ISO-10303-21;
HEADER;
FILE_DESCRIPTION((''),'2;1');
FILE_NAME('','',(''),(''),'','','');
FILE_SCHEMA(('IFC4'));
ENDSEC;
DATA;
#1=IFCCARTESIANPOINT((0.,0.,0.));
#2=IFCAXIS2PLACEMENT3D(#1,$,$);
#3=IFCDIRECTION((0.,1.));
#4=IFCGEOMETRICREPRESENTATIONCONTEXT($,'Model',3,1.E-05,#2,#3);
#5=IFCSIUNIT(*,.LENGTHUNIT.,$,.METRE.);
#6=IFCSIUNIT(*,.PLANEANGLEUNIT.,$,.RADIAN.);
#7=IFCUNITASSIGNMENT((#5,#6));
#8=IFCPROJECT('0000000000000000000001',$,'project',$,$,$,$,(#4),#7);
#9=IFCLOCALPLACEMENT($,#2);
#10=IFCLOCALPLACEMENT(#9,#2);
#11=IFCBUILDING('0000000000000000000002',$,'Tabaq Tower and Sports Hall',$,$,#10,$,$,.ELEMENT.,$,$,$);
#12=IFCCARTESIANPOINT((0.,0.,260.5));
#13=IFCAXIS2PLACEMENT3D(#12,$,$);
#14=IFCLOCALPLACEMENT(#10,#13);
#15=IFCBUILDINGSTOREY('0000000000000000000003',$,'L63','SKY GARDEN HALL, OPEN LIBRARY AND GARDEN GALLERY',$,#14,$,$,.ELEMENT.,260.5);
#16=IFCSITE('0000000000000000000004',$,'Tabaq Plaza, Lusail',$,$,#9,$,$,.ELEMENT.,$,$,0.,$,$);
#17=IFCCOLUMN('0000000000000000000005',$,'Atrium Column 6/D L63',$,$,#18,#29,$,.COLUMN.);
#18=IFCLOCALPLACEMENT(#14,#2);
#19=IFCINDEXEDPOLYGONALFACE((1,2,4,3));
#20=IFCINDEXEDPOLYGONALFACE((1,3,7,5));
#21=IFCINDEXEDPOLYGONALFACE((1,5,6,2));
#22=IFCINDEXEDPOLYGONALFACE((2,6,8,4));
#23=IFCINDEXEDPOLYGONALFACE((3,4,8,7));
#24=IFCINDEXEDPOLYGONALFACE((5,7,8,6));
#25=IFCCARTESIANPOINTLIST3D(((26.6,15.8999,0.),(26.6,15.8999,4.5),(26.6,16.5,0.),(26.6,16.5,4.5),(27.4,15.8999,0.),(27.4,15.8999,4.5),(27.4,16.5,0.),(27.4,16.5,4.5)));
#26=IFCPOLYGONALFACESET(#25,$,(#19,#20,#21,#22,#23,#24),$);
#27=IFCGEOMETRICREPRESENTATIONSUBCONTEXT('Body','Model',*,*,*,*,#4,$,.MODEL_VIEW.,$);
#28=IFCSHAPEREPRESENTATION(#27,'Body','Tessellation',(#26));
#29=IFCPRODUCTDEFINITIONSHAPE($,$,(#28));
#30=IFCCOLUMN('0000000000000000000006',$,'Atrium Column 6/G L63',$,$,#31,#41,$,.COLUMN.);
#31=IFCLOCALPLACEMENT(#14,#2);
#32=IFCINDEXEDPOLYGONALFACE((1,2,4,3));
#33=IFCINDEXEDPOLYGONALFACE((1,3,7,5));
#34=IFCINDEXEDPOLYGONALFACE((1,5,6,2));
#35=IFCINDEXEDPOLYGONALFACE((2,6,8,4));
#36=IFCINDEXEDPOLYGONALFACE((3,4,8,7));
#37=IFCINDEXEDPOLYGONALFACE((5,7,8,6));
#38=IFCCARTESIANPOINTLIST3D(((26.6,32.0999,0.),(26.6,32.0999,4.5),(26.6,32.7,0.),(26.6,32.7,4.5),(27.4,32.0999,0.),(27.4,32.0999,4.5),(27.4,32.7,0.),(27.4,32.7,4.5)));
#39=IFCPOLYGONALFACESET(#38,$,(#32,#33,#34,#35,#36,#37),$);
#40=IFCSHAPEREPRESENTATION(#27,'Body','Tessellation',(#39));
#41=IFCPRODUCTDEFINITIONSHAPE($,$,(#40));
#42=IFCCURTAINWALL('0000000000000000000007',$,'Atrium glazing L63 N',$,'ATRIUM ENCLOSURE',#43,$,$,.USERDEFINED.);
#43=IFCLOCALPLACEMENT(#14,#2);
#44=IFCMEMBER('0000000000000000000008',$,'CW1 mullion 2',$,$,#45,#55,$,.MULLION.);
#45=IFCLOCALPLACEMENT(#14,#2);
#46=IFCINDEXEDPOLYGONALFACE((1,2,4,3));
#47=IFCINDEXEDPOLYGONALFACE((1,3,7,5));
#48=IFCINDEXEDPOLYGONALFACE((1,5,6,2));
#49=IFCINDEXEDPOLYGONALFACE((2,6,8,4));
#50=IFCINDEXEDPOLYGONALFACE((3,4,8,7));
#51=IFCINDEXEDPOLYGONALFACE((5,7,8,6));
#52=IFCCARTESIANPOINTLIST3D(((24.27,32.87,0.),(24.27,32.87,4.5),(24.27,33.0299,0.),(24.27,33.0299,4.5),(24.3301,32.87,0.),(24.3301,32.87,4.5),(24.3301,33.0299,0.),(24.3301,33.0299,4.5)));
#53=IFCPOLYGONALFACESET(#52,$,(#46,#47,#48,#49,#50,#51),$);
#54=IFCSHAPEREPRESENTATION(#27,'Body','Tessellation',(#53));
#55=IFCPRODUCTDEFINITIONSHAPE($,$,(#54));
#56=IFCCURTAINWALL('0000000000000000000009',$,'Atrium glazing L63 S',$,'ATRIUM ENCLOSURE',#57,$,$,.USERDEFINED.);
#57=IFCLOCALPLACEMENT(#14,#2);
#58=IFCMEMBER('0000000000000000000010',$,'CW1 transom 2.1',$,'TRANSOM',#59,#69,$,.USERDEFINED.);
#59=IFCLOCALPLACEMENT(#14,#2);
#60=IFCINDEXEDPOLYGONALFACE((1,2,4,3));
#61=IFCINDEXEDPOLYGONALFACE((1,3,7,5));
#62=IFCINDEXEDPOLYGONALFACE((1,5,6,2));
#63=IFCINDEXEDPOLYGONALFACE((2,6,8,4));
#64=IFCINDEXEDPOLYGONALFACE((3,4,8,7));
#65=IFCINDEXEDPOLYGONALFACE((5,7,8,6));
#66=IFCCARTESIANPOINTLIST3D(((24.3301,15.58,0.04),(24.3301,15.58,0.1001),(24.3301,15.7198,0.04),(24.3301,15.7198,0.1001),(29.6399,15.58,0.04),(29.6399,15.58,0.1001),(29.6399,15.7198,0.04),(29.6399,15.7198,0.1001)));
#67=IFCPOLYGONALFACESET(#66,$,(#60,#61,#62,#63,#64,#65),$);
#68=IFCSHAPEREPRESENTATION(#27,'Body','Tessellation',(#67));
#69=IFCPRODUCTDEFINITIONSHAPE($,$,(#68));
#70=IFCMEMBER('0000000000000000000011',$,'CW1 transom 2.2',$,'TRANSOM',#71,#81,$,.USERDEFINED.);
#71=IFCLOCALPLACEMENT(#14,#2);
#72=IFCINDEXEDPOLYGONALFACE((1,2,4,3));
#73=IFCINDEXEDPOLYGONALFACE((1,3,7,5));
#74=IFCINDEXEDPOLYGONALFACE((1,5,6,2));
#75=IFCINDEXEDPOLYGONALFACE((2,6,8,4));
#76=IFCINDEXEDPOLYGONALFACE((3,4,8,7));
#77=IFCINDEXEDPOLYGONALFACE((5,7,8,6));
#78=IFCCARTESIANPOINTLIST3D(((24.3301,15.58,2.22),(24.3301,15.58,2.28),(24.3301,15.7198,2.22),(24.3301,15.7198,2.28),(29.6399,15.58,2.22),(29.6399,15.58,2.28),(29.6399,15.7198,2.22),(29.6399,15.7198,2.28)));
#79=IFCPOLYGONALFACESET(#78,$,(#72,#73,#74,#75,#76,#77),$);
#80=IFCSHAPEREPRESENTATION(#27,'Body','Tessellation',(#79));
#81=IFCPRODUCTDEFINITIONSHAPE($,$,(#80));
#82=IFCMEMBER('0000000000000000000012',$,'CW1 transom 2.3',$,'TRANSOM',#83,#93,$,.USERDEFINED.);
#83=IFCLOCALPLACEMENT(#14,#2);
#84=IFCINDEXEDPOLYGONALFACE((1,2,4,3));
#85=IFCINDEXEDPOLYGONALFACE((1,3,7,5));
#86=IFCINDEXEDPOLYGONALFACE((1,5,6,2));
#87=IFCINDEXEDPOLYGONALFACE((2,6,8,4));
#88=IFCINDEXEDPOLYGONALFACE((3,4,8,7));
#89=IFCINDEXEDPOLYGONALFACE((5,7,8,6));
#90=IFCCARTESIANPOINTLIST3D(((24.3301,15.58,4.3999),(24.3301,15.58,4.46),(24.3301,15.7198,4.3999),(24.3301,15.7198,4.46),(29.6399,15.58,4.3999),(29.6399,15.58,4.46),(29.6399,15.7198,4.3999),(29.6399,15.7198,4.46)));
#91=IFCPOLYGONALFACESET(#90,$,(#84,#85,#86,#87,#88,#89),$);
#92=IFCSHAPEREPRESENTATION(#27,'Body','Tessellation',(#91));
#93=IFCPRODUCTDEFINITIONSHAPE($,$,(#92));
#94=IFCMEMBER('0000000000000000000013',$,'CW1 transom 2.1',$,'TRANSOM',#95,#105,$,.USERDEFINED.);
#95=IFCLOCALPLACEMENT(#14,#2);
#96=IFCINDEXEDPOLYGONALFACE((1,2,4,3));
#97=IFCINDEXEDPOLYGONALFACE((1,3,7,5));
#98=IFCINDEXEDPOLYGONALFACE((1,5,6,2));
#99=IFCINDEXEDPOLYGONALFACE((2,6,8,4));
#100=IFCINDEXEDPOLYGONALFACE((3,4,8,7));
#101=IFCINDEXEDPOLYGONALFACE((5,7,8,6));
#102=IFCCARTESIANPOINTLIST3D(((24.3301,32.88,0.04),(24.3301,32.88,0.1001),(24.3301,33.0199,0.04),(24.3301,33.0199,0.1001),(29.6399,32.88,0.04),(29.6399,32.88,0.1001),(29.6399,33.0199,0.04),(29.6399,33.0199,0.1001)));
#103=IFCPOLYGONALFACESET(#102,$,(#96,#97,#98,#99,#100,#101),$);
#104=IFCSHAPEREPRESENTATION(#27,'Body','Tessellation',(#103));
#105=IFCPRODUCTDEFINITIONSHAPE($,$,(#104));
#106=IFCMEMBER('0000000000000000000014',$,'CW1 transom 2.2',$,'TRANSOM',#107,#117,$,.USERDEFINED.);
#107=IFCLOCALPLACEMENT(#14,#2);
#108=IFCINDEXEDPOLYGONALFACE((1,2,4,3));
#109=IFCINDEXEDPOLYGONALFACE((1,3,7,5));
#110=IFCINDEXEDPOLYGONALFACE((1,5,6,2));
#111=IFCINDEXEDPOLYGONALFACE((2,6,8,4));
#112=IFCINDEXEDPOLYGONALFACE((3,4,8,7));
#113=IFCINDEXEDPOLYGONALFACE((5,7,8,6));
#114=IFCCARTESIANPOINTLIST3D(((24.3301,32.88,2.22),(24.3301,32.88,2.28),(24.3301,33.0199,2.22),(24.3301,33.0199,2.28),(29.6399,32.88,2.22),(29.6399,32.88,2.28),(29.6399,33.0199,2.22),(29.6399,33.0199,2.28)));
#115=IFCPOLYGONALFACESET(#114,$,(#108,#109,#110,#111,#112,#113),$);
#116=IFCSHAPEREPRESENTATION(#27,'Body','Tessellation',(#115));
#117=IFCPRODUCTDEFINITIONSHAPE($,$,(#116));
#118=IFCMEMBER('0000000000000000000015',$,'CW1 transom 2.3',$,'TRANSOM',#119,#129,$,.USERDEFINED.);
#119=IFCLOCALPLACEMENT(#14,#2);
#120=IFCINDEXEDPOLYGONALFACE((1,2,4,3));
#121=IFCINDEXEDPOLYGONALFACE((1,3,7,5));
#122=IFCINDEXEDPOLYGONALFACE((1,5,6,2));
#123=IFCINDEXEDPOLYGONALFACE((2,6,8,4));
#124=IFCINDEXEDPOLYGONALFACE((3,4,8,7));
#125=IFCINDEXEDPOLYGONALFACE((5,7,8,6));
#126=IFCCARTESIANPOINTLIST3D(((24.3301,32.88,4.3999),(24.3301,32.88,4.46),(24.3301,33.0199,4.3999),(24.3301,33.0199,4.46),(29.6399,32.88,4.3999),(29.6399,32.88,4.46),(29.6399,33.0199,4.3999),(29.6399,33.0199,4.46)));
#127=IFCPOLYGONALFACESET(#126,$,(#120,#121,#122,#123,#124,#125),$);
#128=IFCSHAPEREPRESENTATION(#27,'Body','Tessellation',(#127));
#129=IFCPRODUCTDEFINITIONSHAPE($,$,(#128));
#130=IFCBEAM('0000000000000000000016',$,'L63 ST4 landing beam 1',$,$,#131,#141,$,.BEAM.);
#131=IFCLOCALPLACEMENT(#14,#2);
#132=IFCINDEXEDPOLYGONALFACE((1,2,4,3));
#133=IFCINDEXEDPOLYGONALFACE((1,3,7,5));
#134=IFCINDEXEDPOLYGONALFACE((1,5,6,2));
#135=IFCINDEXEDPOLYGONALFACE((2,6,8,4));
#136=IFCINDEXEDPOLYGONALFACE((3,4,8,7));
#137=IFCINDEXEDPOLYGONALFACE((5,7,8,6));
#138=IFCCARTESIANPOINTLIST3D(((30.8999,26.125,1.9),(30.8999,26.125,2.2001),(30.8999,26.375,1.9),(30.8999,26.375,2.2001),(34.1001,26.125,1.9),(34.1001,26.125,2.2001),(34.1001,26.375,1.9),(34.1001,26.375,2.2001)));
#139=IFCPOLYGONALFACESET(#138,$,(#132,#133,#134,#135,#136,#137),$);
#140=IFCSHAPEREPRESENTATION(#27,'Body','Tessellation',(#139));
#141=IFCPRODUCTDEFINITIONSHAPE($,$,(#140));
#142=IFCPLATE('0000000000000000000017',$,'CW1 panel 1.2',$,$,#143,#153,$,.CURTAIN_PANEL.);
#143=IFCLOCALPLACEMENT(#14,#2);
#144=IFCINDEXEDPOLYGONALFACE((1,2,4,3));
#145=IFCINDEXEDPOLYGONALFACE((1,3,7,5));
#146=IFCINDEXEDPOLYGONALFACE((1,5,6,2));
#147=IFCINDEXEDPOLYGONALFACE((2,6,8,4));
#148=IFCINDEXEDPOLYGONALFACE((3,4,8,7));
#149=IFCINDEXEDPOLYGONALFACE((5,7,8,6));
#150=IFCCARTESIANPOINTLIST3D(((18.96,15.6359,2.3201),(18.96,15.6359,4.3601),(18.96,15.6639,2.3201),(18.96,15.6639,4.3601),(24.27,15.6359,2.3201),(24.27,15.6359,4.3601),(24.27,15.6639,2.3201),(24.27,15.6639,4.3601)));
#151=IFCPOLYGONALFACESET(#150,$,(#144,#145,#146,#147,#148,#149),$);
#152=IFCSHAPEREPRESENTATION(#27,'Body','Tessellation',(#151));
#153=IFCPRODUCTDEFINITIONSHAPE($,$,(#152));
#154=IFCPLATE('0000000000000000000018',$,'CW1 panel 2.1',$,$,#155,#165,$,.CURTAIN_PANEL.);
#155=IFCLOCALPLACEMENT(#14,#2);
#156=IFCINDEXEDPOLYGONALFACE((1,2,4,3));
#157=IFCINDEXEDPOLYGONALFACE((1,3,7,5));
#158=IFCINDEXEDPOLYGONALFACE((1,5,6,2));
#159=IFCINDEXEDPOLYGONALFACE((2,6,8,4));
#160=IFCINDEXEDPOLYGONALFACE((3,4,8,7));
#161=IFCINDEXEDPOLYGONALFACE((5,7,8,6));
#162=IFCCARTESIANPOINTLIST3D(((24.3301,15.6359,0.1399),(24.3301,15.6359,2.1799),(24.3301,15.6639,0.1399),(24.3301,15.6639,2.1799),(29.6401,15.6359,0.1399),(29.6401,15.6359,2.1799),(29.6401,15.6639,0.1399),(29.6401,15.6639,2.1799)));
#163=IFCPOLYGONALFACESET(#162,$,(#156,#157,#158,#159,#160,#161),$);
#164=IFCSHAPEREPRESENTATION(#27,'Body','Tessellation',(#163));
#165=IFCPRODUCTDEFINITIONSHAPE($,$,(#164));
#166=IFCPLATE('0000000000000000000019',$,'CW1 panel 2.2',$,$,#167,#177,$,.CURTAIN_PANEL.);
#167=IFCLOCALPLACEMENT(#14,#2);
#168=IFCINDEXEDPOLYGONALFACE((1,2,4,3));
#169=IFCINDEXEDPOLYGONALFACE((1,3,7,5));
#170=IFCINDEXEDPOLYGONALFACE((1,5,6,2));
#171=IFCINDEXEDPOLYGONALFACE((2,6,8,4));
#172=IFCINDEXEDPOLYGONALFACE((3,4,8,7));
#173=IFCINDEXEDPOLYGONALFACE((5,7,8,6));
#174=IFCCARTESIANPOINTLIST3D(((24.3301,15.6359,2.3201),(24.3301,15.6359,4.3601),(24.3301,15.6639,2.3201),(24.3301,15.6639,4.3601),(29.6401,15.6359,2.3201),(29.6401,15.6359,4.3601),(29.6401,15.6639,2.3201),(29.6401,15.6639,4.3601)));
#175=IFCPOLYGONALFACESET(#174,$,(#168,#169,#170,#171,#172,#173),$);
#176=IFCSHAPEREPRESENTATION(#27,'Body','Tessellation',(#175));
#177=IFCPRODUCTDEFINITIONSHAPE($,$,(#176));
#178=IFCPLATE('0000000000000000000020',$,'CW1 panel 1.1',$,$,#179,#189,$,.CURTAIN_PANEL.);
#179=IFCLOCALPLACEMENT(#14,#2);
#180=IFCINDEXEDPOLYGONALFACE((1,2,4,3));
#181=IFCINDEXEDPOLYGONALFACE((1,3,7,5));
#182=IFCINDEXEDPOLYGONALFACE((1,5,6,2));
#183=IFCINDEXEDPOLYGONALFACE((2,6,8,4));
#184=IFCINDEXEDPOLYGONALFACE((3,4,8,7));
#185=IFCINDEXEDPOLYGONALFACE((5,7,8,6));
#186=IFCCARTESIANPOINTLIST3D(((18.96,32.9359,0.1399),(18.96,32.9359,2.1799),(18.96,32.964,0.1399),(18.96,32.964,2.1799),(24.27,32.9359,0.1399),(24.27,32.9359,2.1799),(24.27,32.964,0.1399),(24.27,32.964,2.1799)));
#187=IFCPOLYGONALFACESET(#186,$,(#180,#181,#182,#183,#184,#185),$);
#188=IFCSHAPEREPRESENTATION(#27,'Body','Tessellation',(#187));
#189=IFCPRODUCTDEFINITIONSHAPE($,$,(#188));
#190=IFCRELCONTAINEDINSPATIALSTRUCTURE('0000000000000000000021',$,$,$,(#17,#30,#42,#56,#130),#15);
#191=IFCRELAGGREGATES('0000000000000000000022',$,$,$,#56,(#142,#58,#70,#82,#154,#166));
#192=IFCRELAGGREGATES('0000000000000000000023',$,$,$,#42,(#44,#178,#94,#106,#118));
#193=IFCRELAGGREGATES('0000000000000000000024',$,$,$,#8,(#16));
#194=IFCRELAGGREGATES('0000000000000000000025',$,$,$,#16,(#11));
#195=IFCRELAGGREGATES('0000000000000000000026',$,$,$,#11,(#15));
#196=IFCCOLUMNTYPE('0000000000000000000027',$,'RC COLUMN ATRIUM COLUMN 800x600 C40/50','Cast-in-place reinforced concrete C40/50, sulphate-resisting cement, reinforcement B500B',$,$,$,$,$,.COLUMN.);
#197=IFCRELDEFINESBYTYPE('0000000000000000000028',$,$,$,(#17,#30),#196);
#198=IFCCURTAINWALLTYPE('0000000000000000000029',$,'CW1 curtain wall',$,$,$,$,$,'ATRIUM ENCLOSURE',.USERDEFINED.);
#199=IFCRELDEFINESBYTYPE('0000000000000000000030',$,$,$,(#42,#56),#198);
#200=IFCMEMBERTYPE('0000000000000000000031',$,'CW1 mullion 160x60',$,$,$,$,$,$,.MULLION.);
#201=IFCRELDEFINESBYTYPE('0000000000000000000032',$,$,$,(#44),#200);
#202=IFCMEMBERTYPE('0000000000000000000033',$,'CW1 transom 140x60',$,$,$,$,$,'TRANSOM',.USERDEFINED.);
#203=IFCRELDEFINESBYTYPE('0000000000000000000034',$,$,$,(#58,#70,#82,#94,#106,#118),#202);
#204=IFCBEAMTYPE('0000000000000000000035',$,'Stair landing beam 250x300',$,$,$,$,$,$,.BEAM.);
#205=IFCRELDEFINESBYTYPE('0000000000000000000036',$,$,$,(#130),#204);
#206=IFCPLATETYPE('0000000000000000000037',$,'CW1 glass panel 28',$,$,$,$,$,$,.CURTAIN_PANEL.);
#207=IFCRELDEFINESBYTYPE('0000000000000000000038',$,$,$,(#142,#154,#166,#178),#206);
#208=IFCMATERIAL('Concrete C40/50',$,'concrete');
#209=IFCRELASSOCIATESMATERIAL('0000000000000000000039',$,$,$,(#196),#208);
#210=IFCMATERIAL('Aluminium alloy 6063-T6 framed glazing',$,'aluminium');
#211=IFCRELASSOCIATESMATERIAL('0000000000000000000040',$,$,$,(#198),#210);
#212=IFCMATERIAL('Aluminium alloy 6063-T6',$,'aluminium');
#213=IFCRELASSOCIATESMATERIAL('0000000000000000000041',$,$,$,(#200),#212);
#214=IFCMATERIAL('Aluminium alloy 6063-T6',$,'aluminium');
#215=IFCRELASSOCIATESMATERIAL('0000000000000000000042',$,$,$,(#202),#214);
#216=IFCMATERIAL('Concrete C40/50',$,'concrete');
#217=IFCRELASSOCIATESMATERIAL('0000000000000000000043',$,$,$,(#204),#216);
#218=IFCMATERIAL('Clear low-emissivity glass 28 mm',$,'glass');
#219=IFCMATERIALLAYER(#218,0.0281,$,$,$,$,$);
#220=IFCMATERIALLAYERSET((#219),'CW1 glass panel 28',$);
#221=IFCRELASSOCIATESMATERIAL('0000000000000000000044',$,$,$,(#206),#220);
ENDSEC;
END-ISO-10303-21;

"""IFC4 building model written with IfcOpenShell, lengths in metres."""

from ifc_helpers import new_model, si_unit, direction, frame, origin, origin_2d, place, context, subcontext, project, spatial, rectangle, extrude, material, layer, layer_set, material_profile, profile_set, type_object, element, aggregate, save


model = new_model("IFC4")

# Units and contexts
model_context = context("Model", 3, precision=1e-05, world=origin(), true_north=direction((0.0, 1.0)))
body_context = subcontext(model_context, "Body", "Model", "MODEL_VIEW")
ifc_project = project(units=[si_unit("LENGTHUNIT", "METRE"), si_unit("PLANEANGLEUNIT", "RADIAN")], contexts=[model_context])

# Site, building, storey
site_placement = place(None, origin())
site = spatial("IfcSite", under=ifc_project, at=site_placement, Name="Tabaq Plaza, Lusail", CompositionType="ELEMENT", RefElevation=0.0)
building_placement = place(site_placement, origin())
building = spatial("IfcBuilding", under=site, at=building_placement, Name="Tabaq Tower and Sports Hall", CompositionType="ELEMENT")
storey_placement = place(building_placement, frame((0.0, 0.0, 260.5)))
storey = spatial("IfcBuildingStorey", under=building, at=storey_placement, Name="L63", Description="SKY GARDEN HALL, OPEN LIBRARY AND GARDEN GALLERY", CompositionType="ELEMENT", Elevation=260.5)

# Columns
ifc_material_1 = material(Name="Concrete C40/50", Category="concrete")
ifc_material_profile_1 = material_profile(ifc_material_1, rectangle(XDim=0.8, YDim=0.6001, at=origin_2d()), Name="ATRIUM COLUMN 800x600")
ifc_profile_set_1 = profile_set([ifc_material_profile_1], Name="Concrete C40/50")
column_type = type_object("IfcColumnType", Name="RC COLUMN ATRIUM COLUMN 800x600 C40/50", Description="Cast-in-place reinforced concrete C40/50, sulphate-resisting cement, reinforcement B500B", PredefinedType="COLUMN", material=ifc_profile_set_1)
for number, where, z_axis, x_axis, name in (
    (1, (27.0, 16.2, 0.0), (0.0, 0.0, 1.0), (1.0, 0.0, 0.0), "Atrium Column 6/D L63"),
    (2, (27.0, 32.3999, 0.0), (0.0, 0.0, 1.0), (1.0, 0.0, 0.0), "Atrium Column 6/G L63"),
):
    element("IfcColumn", number, at=place(storey_placement, frame(where, z_axis=z_axis, x_axis=x_axis)), inside=storey, type_object=column_type, Name=name, PredefinedType="COLUMN", context=body_context, shape_type="SweptSolid", body=[
        extrude(rectangle(XDim=0.8, YDim=0.6001, at=origin_2d()), origin(), (0.0, 0.0, 1.0), 4.5),
    ])

# Curtain wall, member
ifc_material_2 = material(Name="Aluminium alloy 6063-T6 framed glazing", Category="aluminium")
curtain_wall_type = type_object("IfcCurtainWallType", Name="CW1 curtain wall", ElementType="ATRIUM ENCLOSURE", PredefinedType="USERDEFINED", material=ifc_material_2)
curtain_wall_1_placement = place(storey_placement, origin())
curtain_wall_1 = element("IfcCurtainWall", 3, at=curtain_wall_1_placement, inside=storey, type_object=curtain_wall_type, Name="Atrium glazing L63 N", ObjectType="ATRIUM ENCLOSURE", PredefinedType="USERDEFINED")
ifc_material_3 = material(Name="Aluminium alloy 6063-T6", Category="aluminium")
ifc_material_profile_2 = material_profile(ifc_material_3, rectangle(XDim=0.1599, YDim=0.0601, at=origin_2d()), Name="MULLION 160x60")
ifc_profile_set_2 = profile_set([ifc_material_profile_2], Name="Aluminium alloy 6063-T6")
member_type_1 = type_object("IfcMemberType", Name="CW1 mullion 160x60", PredefinedType="MULLION", material=ifc_profile_set_2)
member_1_placement = place(storey_placement, frame((24.3, 32.95, 0.0), z_axis=(0.0, 0.0, 1.0), x_axis=(0.0, 1.0, 0.0)))
member_1 = element("IfcMember", 4, at=member_1_placement, type_object=member_type_1, Name="CW1 mullion 2", PredefinedType="MULLION", context=body_context, shape_type="SweptSolid", body=[
    extrude(rectangle(XDim=0.1599, YDim=0.0601, at=origin_2d()), origin(), (0.0, 0.0, 1.0), 4.5),
])

# Curtain wall, members
curtain_wall_2_placement = place(storey_placement, origin())
curtain_wall_2 = element("IfcCurtainWall", 5, at=curtain_wall_2_placement, inside=storey, type_object=curtain_wall_type, Name="Atrium glazing L63 S", ObjectType="ATRIUM ENCLOSURE", PredefinedType="USERDEFINED")
ifc_material_4 = material(Name="Aluminium alloy 6063-T6", Category="aluminium")
ifc_material_profile_3 = material_profile(ifc_material_4, rectangle(XDim=0.1399, YDim=0.0601, at=origin_2d()), Name="TRANSOM 140x60")
ifc_profile_set_3 = profile_set([ifc_material_profile_3], Name="Aluminium alloy 6063-T6")
member_type_2 = type_object("IfcMemberType", Name="CW1 transom 140x60", ElementType="TRANSOM", PredefinedType="USERDEFINED", material=ifc_profile_set_3)
member_2_placement = place(storey_placement, frame((24.3301, 15.6499, 0.0701), z_axis=(1.0, 0.0, 0.0), x_axis=(0.0, 1.0, 0.0)))
member_2 = element("IfcMember", 6, at=member_2_placement, type_object=member_type_2, Name="CW1 transom 2.1", ObjectType="TRANSOM", PredefinedType="USERDEFINED", context=body_context, shape_type="SweptSolid", body=[
    extrude(rectangle(XDim=0.1399, YDim=0.0601, at=origin_2d()), origin(), (0.0, 0.0, 1.0), 5.3098),
])
member_3_placement = place(storey_placement, frame((24.3301, 15.6499, 2.25), z_axis=(1.0, 0.0, 0.0), x_axis=(0.0, 1.0, 0.0)))
member_3 = element("IfcMember", 7, at=member_3_placement, type_object=member_type_2, Name="CW1 transom 2.2", ObjectType="TRANSOM", PredefinedType="USERDEFINED", context=body_context, shape_type="SweptSolid", body=[
    extrude(rectangle(XDim=0.1399, YDim=0.0601, at=origin_2d()), origin(), (0.0, 0.0, 1.0), 5.3098),
])
member_4_placement = place(storey_placement, frame((24.3301, 15.6499, 4.4299), z_axis=(1.0, 0.0, 0.0), x_axis=(0.0, 1.0, 0.0)))
member_4 = element("IfcMember", 8, at=member_4_placement, type_object=member_type_2, Name="CW1 transom 2.3", ObjectType="TRANSOM", PredefinedType="USERDEFINED", context=body_context, shape_type="SweptSolid", body=[
    extrude(rectangle(XDim=0.1399, YDim=0.0601, at=origin_2d()), origin(), (0.0, 0.0, 1.0), 5.3098),
])

# Members
member_5_placement = place(storey_placement, frame((24.3301, 32.95, 0.0701), z_axis=(1.0, 0.0, 0.0), x_axis=(0.0, 1.0, 0.0)))
member_5 = element("IfcMember", 9, at=member_5_placement, type_object=member_type_2, Name="CW1 transom 2.1", ObjectType="TRANSOM", PredefinedType="USERDEFINED", context=body_context, shape_type="SweptSolid", body=[
    extrude(rectangle(XDim=0.1399, YDim=0.0601, at=origin_2d()), origin(), (0.0, 0.0, 1.0), 5.3098),
])
member_6_placement = place(storey_placement, frame((24.3301, 32.95, 2.25), z_axis=(1.0, 0.0, 0.0), x_axis=(0.0, 1.0, 0.0)))
member_6 = element("IfcMember", 10, at=member_6_placement, type_object=member_type_2, Name="CW1 transom 2.2", ObjectType="TRANSOM", PredefinedType="USERDEFINED", context=body_context, shape_type="SweptSolid", body=[
    extrude(rectangle(XDim=0.1399, YDim=0.0601, at=origin_2d()), origin(), (0.0, 0.0, 1.0), 5.3098),
])
member_7_placement = place(storey_placement, frame((24.3301, 32.95, 4.4299), z_axis=(1.0, 0.0, 0.0), x_axis=(0.0, 1.0, 0.0)))
member_7 = element("IfcMember", 11, at=member_7_placement, type_object=member_type_2, Name="CW1 transom 2.3", ObjectType="TRANSOM", PredefinedType="USERDEFINED", context=body_context, shape_type="SweptSolid", body=[
    extrude(rectangle(XDim=0.1399, YDim=0.0601, at=origin_2d()), origin(), (0.0, 0.0, 1.0), 5.3098),
])

# Beam
ifc_material_5 = material(Name="Concrete C40/50", Category="concrete")
ifc_material_profile_4 = material_profile(ifc_material_5, rectangle(XDim=0.25, YDim=0.3, at=origin_2d()), Name="RC 250x300")
ifc_profile_set_4 = profile_set([ifc_material_profile_4], Name="Concrete C40/50")
beam_type = type_object("IfcBeamType", Name="Stair landing beam 250x300", PredefinedType="BEAM", material=ifc_profile_set_4)
beam_placement = place(storey_placement, frame((30.8999, 26.25, 2.05), z_axis=(1.0, 0.0, 0.0), x_axis=(0.0, 1.0, 0.0)))
element("IfcBeam", 12, at=beam_placement, inside=storey, type_object=beam_type, Name="L63 ST4 landing beam 1", PredefinedType="BEAM", context=body_context, shape_type="SweptSolid", body=[
    extrude(rectangle(XDim=0.25, YDim=0.3, at=origin_2d()), origin(), (0.0, 0.0, 1.0), 3.2002),
])

# Plates
ifc_material_6 = material(Name="Clear low-emissivity glass 28 mm", Category="glass")
ifc_layer_1 = layer(ifc_material_6, 0.0281)
ifc_layer_set_1 = layer_set([ifc_layer_1], Name="CW1 glass panel 28")
plate_type = type_object("IfcPlateType", Name="CW1 glass panel 28", PredefinedType="CURTAIN_PANEL", material=ifc_layer_set_1)
plate_1_placement = place(storey_placement, frame((21.615, 15.6499, 2.3201), z_axis=(0.0, 0.0, 1.0), x_axis=(1.0, 0.0, 0.0)))
plate_1 = element("IfcPlate", 13, at=plate_1_placement, type_object=plate_type, Name="CW1 panel 1.2", PredefinedType="CURTAIN_PANEL", context=body_context, shape_type="SweptSolid", body=[
    extrude(rectangle(XDim=5.3101, YDim=0.0281, at=origin_2d()), origin(), (0.0, 0.0, 1.0), 2.04),
])
plate_2_placement = place(storey_placement, frame((26.9851, 15.6499, 0.1399), z_axis=(0.0, 0.0, 1.0), x_axis=(1.0, 0.0, 0.0)))
plate_2 = element("IfcPlate", 14, at=plate_2_placement, type_object=plate_type, Name="CW1 panel 2.1", PredefinedType="CURTAIN_PANEL", context=body_context, shape_type="SweptSolid", body=[
    extrude(rectangle(XDim=5.3101, YDim=0.0281, at=origin_2d()), origin(), (0.0, 0.0, 1.0), 2.04),
])
plate_3_placement = place(storey_placement, frame((26.9851, 15.6499, 2.3201), z_axis=(0.0, 0.0, 1.0), x_axis=(1.0, 0.0, 0.0)))
plate_3 = element("IfcPlate", 15, at=plate_3_placement, type_object=plate_type, Name="CW1 panel 2.2", PredefinedType="CURTAIN_PANEL", context=body_context, shape_type="SweptSolid", body=[
    extrude(rectangle(XDim=5.3101, YDim=0.0281, at=origin_2d()), origin(), (0.0, 0.0, 1.0), 2.04),
])
aggregate(curtain_wall_2, [plate_1, member_2, member_3, member_4, plate_2, plate_3])
plate_4_placement = place(storey_placement, frame((21.615, 32.95, 0.1399), z_axis=(0.0, 0.0, 1.0), x_axis=(1.0, 0.0, 0.0)))
plate_4 = element("IfcPlate", 16, at=plate_4_placement, type_object=plate_type, Name="CW1 panel 1.1", PredefinedType="CURTAIN_PANEL", context=body_context, shape_type="SweptSolid", body=[
    extrude(rectangle(XDim=5.3101, YDim=0.0281, at=origin_2d()), origin(), (0.0, 0.0, 1.0), 2.04),
])
aggregate(curtain_wall_1, [member_1, plate_4, member_5, member_6, member_7])

save(model, "model.ifc")
